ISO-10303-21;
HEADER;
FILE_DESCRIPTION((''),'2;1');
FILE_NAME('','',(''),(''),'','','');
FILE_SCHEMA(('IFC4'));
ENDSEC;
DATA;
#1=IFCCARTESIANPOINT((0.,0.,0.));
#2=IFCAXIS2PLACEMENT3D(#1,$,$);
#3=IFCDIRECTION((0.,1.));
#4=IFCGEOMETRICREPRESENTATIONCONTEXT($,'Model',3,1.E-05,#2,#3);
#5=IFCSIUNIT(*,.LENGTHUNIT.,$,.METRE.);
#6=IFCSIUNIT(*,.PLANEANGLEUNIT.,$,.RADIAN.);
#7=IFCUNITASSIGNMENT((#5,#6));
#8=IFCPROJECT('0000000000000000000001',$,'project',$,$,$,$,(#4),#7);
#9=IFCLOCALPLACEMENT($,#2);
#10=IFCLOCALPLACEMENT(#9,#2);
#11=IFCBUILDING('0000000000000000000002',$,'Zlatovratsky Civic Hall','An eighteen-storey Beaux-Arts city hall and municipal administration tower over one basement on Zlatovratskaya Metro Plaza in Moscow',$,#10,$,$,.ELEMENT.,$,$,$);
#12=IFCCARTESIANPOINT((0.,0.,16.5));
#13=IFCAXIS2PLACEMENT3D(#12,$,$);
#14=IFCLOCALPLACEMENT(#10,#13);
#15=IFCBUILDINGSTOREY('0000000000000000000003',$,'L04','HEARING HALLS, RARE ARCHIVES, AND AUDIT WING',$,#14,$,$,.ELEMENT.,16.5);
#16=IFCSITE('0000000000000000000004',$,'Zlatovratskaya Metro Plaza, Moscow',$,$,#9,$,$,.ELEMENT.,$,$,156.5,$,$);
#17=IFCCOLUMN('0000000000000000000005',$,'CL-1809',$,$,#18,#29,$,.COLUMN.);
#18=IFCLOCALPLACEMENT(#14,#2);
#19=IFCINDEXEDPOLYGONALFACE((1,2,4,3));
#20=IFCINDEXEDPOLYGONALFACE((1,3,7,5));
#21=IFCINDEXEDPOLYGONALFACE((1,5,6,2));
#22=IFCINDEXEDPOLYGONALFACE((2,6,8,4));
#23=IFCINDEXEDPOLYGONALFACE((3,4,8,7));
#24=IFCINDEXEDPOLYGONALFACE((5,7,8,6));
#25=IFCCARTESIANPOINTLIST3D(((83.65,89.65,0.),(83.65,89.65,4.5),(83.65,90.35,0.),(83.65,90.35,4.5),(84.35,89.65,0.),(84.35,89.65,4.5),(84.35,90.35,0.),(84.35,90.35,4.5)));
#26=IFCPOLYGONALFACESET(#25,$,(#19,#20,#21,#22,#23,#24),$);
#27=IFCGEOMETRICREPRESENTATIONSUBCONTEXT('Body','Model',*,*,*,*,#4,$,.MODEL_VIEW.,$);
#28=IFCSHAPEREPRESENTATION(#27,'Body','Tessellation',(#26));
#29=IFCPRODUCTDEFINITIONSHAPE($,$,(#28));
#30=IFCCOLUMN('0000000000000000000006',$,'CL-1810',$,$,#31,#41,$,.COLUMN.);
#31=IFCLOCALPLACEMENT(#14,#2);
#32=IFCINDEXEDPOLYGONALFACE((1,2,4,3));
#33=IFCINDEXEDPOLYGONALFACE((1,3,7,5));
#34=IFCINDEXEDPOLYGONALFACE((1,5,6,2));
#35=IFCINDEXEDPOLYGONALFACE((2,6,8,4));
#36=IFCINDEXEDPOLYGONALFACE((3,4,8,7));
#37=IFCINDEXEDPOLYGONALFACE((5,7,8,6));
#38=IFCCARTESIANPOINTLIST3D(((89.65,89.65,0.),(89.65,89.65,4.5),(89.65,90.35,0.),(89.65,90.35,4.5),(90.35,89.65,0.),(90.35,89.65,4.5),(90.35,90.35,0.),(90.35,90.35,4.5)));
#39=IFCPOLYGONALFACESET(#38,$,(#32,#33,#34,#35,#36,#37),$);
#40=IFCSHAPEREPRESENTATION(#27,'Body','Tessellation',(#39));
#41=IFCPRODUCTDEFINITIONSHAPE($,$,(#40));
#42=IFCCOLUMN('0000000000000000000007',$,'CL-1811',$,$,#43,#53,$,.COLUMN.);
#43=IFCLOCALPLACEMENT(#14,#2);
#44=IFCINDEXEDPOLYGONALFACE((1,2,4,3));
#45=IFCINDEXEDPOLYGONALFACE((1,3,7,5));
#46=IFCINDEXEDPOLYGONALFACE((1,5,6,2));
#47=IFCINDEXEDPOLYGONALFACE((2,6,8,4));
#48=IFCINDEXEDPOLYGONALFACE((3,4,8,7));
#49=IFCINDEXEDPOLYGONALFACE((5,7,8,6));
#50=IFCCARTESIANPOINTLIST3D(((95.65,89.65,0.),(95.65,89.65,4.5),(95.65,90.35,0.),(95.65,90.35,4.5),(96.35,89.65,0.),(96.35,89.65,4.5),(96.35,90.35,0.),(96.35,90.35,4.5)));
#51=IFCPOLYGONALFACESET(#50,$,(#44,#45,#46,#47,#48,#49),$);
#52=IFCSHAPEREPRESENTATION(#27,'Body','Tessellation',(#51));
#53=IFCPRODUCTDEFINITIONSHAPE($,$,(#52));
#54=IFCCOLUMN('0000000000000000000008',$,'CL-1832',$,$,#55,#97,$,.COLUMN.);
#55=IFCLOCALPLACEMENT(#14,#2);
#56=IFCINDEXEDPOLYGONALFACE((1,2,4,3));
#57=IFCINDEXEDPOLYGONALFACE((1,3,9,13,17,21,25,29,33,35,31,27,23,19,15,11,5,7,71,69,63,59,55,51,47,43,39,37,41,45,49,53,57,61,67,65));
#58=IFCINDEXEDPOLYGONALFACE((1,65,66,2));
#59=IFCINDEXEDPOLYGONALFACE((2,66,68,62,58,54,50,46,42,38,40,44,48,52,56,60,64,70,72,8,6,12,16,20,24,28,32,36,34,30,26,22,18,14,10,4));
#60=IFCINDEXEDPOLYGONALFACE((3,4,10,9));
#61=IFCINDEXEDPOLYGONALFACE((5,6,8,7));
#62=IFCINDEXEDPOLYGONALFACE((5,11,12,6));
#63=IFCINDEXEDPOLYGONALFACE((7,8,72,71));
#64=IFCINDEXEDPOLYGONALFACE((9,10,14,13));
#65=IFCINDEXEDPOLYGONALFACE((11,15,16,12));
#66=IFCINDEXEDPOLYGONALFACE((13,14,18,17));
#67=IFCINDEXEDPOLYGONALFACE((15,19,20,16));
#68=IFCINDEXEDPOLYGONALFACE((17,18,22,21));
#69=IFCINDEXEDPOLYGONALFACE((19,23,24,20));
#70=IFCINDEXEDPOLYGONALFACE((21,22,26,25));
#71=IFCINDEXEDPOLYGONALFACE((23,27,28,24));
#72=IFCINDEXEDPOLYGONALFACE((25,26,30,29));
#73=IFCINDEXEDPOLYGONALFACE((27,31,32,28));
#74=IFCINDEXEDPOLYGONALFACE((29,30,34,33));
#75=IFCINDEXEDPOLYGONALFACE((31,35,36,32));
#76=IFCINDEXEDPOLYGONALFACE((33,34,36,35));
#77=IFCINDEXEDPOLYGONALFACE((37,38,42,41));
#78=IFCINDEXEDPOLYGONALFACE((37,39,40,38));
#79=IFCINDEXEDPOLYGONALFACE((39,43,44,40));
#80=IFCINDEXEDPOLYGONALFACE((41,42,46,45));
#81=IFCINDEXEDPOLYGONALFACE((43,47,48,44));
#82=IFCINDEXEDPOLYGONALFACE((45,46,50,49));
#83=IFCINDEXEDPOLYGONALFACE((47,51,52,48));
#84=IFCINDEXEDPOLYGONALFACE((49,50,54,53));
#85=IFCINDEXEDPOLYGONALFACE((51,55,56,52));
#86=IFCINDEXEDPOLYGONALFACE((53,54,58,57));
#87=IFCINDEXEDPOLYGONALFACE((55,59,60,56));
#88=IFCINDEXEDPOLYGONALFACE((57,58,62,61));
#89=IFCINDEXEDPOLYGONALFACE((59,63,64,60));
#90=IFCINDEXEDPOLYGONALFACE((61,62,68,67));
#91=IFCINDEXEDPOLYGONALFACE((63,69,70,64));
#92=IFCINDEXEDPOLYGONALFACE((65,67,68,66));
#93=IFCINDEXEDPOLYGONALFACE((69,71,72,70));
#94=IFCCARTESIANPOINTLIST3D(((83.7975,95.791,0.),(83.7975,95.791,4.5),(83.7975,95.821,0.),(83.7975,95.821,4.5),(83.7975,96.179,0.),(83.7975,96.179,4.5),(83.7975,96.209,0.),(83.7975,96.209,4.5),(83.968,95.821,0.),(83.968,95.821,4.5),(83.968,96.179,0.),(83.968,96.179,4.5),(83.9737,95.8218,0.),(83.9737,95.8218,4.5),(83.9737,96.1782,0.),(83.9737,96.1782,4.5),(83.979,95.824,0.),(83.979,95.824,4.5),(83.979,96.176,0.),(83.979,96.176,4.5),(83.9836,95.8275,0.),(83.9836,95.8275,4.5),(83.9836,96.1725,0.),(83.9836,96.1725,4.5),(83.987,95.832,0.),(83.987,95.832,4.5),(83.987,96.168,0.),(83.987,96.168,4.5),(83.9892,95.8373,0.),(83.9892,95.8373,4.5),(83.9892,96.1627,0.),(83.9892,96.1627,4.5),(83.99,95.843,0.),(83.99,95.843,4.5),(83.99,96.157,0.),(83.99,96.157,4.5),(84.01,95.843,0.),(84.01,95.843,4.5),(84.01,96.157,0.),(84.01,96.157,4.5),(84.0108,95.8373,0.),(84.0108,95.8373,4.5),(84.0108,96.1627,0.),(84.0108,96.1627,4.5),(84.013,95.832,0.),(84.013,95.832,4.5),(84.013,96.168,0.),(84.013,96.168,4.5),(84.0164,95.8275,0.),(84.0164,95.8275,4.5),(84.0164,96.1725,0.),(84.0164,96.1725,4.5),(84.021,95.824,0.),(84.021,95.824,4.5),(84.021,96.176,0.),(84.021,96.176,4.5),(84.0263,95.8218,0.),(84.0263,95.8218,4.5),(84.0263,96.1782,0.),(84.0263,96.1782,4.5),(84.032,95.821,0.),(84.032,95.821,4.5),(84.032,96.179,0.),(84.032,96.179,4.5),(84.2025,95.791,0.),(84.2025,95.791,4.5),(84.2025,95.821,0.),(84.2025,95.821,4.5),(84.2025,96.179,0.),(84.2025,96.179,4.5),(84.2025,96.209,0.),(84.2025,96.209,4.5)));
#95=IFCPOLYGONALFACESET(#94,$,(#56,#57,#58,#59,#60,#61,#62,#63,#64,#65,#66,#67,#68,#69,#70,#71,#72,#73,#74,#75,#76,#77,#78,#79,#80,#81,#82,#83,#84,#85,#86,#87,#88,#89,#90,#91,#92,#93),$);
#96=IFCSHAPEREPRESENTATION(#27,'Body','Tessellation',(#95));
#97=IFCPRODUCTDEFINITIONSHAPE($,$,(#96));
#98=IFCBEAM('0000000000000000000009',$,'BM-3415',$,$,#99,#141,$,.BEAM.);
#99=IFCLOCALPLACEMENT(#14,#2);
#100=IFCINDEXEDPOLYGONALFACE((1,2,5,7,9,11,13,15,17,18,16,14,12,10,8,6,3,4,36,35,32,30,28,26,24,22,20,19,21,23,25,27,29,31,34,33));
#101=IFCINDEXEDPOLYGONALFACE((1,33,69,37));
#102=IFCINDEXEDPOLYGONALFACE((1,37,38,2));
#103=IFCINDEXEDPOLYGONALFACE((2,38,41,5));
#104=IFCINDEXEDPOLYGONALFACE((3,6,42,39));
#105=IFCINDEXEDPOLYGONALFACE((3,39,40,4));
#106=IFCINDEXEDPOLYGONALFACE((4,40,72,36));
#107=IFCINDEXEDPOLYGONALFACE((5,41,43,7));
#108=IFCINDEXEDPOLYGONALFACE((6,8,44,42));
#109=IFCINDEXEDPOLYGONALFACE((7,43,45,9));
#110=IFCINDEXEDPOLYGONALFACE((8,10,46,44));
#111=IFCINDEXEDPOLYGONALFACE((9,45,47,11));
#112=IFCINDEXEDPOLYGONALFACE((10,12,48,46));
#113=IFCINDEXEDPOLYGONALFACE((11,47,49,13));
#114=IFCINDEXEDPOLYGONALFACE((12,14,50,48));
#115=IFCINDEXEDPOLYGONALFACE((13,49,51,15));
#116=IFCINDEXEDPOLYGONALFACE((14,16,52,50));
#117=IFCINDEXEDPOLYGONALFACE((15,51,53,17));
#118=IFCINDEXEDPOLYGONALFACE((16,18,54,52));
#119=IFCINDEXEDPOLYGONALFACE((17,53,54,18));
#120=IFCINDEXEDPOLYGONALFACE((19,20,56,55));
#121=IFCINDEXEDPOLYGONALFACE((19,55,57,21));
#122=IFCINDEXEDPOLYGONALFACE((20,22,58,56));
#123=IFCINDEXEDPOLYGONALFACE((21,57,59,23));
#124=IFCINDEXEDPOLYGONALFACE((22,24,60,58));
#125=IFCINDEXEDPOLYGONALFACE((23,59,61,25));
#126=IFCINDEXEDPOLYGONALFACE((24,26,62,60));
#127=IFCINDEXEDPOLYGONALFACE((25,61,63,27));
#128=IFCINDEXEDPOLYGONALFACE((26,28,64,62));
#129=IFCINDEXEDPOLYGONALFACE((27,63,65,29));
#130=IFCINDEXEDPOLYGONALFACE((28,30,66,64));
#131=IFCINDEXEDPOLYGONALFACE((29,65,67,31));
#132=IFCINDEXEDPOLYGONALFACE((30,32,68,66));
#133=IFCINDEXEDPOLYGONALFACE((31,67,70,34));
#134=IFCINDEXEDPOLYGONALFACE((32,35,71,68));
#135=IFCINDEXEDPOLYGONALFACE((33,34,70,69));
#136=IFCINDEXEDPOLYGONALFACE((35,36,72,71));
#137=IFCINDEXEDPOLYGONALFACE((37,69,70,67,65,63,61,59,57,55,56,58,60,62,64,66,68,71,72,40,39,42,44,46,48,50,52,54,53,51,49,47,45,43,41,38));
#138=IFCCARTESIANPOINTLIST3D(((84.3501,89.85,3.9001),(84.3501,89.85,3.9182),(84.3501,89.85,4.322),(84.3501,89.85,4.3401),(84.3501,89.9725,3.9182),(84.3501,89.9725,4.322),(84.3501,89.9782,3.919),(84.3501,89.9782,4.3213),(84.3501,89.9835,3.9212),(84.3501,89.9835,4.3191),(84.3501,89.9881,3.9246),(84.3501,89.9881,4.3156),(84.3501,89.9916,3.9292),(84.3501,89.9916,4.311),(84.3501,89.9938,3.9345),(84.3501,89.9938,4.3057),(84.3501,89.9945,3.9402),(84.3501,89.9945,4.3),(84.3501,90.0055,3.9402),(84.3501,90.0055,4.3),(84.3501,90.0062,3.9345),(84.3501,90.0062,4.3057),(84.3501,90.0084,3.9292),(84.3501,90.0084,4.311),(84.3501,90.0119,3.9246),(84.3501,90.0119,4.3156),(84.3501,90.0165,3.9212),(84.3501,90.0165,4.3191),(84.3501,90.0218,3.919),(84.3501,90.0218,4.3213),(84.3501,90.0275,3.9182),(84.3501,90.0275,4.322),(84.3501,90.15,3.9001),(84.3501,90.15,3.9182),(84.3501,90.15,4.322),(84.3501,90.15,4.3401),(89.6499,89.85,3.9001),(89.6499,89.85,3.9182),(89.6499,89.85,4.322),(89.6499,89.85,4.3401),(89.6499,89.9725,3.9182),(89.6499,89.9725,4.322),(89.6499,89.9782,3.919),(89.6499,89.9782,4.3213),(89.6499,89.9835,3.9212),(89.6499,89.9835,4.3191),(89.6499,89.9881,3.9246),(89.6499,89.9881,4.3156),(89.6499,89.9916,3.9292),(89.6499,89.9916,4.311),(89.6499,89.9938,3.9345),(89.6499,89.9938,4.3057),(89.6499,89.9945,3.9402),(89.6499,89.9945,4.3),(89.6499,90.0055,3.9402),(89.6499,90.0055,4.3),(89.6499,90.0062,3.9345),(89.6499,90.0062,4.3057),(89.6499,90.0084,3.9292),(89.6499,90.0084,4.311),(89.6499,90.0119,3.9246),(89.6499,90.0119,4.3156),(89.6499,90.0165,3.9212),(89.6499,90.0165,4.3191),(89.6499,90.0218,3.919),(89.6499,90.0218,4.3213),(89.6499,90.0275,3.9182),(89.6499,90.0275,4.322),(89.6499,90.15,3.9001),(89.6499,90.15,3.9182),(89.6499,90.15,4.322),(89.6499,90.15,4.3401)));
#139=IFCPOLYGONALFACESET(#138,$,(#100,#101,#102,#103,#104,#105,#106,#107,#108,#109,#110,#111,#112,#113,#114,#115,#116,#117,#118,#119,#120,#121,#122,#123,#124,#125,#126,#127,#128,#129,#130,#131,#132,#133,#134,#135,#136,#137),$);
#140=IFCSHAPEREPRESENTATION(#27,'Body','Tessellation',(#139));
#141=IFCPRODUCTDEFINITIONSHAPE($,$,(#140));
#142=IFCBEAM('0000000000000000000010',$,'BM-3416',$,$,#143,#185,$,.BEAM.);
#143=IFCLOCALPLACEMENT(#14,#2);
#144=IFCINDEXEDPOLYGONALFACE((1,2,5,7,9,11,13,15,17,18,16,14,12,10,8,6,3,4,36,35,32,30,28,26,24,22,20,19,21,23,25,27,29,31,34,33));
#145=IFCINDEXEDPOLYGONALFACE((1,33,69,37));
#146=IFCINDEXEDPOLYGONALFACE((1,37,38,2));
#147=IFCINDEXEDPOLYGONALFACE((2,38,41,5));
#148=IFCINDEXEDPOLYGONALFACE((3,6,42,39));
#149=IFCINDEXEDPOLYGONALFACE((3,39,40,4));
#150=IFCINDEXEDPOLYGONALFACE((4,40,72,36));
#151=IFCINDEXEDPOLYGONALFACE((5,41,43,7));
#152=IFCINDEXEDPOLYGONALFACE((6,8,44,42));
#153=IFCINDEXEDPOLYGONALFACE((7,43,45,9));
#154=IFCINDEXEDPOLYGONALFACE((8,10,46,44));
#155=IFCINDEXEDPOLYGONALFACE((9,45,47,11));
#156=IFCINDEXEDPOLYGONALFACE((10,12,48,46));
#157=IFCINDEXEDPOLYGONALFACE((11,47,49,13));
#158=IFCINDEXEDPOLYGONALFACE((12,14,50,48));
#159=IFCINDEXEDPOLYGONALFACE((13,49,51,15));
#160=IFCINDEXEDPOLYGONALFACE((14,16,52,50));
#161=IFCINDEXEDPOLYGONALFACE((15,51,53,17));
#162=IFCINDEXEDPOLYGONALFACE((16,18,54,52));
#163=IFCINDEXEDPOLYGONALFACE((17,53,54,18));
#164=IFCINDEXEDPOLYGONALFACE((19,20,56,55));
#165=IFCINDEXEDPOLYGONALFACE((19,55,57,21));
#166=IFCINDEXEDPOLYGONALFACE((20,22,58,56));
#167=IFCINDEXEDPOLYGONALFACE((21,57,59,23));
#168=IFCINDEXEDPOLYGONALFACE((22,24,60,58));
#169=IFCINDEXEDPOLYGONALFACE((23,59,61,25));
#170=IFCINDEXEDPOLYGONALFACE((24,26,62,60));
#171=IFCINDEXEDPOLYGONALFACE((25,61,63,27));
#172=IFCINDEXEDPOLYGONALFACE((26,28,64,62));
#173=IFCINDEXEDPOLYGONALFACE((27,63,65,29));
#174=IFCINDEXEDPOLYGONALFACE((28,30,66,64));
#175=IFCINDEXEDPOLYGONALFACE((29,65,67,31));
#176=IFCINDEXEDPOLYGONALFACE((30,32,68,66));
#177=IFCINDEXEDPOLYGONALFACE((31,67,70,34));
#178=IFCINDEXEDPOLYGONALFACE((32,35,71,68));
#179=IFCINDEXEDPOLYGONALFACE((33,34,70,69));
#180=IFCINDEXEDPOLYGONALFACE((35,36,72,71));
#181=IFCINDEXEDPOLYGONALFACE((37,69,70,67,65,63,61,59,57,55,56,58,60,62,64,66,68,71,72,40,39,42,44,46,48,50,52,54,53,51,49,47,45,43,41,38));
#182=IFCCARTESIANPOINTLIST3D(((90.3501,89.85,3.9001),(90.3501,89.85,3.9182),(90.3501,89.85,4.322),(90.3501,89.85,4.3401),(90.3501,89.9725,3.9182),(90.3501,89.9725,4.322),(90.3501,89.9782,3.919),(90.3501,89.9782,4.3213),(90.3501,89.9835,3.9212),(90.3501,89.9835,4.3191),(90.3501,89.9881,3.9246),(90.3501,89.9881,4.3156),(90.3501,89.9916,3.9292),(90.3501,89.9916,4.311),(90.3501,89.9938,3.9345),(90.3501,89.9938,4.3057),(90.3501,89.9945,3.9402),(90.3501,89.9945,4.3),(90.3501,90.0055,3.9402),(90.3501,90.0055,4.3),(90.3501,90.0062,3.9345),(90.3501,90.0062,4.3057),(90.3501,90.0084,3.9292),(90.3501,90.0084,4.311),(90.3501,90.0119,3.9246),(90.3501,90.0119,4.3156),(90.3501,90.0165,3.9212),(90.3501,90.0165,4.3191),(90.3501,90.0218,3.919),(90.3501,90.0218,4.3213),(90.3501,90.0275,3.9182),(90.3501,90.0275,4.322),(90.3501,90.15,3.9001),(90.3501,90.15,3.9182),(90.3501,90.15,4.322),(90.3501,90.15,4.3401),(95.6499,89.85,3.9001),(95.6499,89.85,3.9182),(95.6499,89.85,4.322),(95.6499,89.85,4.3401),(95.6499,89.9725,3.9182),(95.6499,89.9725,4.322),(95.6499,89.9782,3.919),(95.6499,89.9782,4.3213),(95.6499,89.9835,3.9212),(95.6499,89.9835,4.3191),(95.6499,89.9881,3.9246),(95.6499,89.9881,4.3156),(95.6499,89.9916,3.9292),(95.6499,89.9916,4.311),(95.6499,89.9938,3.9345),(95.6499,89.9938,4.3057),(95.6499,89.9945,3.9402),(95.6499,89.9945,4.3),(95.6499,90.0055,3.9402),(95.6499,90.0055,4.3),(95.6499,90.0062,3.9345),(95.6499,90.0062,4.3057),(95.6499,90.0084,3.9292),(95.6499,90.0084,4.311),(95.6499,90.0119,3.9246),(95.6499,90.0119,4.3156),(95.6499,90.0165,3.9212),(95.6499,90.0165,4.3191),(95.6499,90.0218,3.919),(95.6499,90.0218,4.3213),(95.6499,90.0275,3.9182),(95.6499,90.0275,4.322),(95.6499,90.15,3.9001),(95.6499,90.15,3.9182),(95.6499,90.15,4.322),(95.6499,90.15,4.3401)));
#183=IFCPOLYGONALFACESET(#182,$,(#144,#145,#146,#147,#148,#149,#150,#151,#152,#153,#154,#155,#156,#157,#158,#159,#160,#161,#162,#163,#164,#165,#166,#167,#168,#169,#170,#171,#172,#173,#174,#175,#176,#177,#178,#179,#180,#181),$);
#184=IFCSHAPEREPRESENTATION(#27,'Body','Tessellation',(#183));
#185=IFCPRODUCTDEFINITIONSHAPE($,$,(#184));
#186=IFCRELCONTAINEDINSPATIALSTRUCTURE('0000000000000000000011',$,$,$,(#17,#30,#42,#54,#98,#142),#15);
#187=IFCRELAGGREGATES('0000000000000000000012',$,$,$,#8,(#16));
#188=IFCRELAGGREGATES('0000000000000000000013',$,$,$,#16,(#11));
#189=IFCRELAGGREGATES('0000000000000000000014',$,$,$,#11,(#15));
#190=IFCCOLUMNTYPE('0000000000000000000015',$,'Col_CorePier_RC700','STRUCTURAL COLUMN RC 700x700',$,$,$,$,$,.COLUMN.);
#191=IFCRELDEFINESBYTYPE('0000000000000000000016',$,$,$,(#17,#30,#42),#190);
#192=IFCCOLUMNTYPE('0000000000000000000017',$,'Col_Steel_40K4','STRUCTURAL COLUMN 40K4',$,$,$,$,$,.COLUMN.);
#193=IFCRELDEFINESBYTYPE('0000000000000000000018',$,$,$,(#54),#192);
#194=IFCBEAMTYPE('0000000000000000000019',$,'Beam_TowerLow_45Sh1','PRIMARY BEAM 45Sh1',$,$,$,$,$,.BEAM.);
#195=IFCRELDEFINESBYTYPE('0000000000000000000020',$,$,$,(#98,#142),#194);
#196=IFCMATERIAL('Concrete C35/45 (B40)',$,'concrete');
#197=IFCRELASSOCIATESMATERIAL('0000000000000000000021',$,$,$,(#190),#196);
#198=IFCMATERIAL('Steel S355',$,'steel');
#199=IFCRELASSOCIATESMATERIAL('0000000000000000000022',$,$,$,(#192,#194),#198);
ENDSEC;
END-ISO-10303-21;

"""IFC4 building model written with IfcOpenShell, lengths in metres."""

from ifc_helpers import new_model, si_unit, direction, frame, origin, origin_2d, place, context, subcontext, project, spatial, rectangle, i_section, extrude, material, material_profile, profile_set, type_object, element, save


model = new_model("IFC4")

# Units and contexts
model_context = context("Model", 3, precision=1e-05, world=origin(), true_north=direction((0.0, 1.0)))
body_context = subcontext(model_context, "Body", "Model", "MODEL_VIEW")
ifc_project = project(units=[si_unit("LENGTHUNIT", "METRE"), si_unit("PLANEANGLEUNIT", "RADIAN")], contexts=[model_context])

# Site, building, storey
site_placement = place(None, origin())
site = spatial("IfcSite", under=ifc_project, at=site_placement, Name="Zlatovratskaya Metro Plaza, Moscow", CompositionType="ELEMENT", RefElevation=156.5)
building_placement = place(site_placement, origin())
building = spatial("IfcBuilding", under=site, at=building_placement, Name="Zlatovratsky Civic Hall", Description="An eighteen-storey Beaux-Arts city hall and municipal administration tower over one basement on Zlatovratskaya Metro Plaza in Moscow", CompositionType="ELEMENT")
storey_placement = place(building_placement, frame((0.0, 0.0, 16.5)))
storey = spatial("IfcBuildingStorey", under=building, at=storey_placement, Name="L04", Description="HEARING HALLS, RARE ARCHIVES, AND AUDIT WING", CompositionType="ELEMENT", Elevation=16.5)

# Columns
ifc_material_1 = material(Name="Concrete C35/45 (B40)", Category="concrete")
ifc_material_profile_1 = material_profile(ifc_material_1, rectangle(XDim=0.7, YDim=0.7, at=origin_2d()), Name="RC 700x700")
ifc_profile_set_1 = profile_set([ifc_material_profile_1], Name="Concrete C35/45 (B40)")
column_type_1 = type_object("IfcColumnType", Name="Col_CorePier_RC700", Description="STRUCTURAL COLUMN RC 700x700", PredefinedType="COLUMN", material=ifc_profile_set_1)
for number, where, z_axis, x_axis, name in (
    (1, (84.0, 90.0, 0.0), (0.0, 0.0, 1.0), (1.0, 0.0, 0.0), "CL-1809"),
    (2, (90.0, 90.0, 0.0), (0.0, 0.0, 1.0), (1.0, 0.0, 0.0), "CL-1810"),
    (3, (96.0, 90.0, 0.0), (0.0, 0.0, 1.0), (1.0, 0.0, 0.0), "CL-1811"),
):
    element("IfcColumn", number, at=place(storey_placement, frame(where, z_axis=z_axis, x_axis=x_axis)), inside=storey, type_object=column_type_1, Name=name, PredefinedType="COLUMN", context=body_context, shape_type="SweptSolid", body=[
        extrude(rectangle(XDim=0.7, YDim=0.7, at=origin_2d()), origin(), (0.0, 0.0, 1.0), 4.5),
    ])
ifc_material_2 = material(Name="Steel S355", Category="steel")
ifc_material_profile_2 = material_profile(ifc_material_2, i_section(OverallWidth=0.405, OverallDepth=0.418, WebThickness=0.02, FlangeThickness=0.03, FilletRadius=0.022, at=origin_2d()), Name="40K4")
ifc_profile_set_2 = profile_set([ifc_material_profile_2], Name="Steel S355")
column_type_2 = type_object("IfcColumnType", Name="Col_Steel_40K4", Description="STRUCTURAL COLUMN 40K4", PredefinedType="COLUMN", material=ifc_profile_set_2)
column_placement = place(storey_placement, frame((84.0, 96.0, 0.0), z_axis=(0.0, 0.0, 1.0), x_axis=(1.0, 0.0, 0.0)))
element("IfcColumn", 4, at=column_placement, inside=storey, type_object=column_type_2, Name="CL-1832", PredefinedType="COLUMN", context=body_context, shape_type="SweptSolid", body=[
    extrude(i_section(OverallWidth=0.405, OverallDepth=0.418, WebThickness=0.02, FlangeThickness=0.03, FilletRadius=0.022, at=origin_2d()), origin(), (0.0, 0.0, 1.0), 4.5),
])

# Beams
ifc_material_profile_3 = material_profile(ifc_material_2, i_section(OverallWidth=0.3, OverallDepth=0.4399, WebThickness=0.011, FlangeThickness=0.0181, FilletRadius=0.022, at=origin_2d()), Name="45Sh1")
ifc_profile_set_3 = profile_set([ifc_material_profile_3], Name="Steel S355")
beam_type_1 = type_object("IfcBeamType", Name="Beam_TowerLow_45Sh1", Description="PRIMARY BEAM 45Sh1", PredefinedType="BEAM", material=ifc_profile_set_3)
for number, where, z_axis, x_axis, name in (
    (5, (84.3501, 90.0, 4.1201), (1.0, 0.0, 0.0), (0.0, 1.0, 0.0), "BM-3415"),
    (6, (90.3501, 90.0, 4.1201), (1.0, 0.0, 0.0), (0.0, 1.0, 0.0), "BM-3416"),
):
    element("IfcBeam", number, at=place(storey_placement, frame(where, z_axis=z_axis, x_axis=x_axis)), inside=storey, type_object=beam_type_1, Name=name, PredefinedType="BEAM", context=body_context, shape_type="SweptSolid", body=[
        extrude(i_section(OverallWidth=0.3, OverallDepth=0.4399, WebThickness=0.011, FlangeThickness=0.0181, FilletRadius=0.022, at=origin_2d()), origin(), (0.0, 0.0, 1.0), 5.2998),
    ])

save(model, "model.ifc")
